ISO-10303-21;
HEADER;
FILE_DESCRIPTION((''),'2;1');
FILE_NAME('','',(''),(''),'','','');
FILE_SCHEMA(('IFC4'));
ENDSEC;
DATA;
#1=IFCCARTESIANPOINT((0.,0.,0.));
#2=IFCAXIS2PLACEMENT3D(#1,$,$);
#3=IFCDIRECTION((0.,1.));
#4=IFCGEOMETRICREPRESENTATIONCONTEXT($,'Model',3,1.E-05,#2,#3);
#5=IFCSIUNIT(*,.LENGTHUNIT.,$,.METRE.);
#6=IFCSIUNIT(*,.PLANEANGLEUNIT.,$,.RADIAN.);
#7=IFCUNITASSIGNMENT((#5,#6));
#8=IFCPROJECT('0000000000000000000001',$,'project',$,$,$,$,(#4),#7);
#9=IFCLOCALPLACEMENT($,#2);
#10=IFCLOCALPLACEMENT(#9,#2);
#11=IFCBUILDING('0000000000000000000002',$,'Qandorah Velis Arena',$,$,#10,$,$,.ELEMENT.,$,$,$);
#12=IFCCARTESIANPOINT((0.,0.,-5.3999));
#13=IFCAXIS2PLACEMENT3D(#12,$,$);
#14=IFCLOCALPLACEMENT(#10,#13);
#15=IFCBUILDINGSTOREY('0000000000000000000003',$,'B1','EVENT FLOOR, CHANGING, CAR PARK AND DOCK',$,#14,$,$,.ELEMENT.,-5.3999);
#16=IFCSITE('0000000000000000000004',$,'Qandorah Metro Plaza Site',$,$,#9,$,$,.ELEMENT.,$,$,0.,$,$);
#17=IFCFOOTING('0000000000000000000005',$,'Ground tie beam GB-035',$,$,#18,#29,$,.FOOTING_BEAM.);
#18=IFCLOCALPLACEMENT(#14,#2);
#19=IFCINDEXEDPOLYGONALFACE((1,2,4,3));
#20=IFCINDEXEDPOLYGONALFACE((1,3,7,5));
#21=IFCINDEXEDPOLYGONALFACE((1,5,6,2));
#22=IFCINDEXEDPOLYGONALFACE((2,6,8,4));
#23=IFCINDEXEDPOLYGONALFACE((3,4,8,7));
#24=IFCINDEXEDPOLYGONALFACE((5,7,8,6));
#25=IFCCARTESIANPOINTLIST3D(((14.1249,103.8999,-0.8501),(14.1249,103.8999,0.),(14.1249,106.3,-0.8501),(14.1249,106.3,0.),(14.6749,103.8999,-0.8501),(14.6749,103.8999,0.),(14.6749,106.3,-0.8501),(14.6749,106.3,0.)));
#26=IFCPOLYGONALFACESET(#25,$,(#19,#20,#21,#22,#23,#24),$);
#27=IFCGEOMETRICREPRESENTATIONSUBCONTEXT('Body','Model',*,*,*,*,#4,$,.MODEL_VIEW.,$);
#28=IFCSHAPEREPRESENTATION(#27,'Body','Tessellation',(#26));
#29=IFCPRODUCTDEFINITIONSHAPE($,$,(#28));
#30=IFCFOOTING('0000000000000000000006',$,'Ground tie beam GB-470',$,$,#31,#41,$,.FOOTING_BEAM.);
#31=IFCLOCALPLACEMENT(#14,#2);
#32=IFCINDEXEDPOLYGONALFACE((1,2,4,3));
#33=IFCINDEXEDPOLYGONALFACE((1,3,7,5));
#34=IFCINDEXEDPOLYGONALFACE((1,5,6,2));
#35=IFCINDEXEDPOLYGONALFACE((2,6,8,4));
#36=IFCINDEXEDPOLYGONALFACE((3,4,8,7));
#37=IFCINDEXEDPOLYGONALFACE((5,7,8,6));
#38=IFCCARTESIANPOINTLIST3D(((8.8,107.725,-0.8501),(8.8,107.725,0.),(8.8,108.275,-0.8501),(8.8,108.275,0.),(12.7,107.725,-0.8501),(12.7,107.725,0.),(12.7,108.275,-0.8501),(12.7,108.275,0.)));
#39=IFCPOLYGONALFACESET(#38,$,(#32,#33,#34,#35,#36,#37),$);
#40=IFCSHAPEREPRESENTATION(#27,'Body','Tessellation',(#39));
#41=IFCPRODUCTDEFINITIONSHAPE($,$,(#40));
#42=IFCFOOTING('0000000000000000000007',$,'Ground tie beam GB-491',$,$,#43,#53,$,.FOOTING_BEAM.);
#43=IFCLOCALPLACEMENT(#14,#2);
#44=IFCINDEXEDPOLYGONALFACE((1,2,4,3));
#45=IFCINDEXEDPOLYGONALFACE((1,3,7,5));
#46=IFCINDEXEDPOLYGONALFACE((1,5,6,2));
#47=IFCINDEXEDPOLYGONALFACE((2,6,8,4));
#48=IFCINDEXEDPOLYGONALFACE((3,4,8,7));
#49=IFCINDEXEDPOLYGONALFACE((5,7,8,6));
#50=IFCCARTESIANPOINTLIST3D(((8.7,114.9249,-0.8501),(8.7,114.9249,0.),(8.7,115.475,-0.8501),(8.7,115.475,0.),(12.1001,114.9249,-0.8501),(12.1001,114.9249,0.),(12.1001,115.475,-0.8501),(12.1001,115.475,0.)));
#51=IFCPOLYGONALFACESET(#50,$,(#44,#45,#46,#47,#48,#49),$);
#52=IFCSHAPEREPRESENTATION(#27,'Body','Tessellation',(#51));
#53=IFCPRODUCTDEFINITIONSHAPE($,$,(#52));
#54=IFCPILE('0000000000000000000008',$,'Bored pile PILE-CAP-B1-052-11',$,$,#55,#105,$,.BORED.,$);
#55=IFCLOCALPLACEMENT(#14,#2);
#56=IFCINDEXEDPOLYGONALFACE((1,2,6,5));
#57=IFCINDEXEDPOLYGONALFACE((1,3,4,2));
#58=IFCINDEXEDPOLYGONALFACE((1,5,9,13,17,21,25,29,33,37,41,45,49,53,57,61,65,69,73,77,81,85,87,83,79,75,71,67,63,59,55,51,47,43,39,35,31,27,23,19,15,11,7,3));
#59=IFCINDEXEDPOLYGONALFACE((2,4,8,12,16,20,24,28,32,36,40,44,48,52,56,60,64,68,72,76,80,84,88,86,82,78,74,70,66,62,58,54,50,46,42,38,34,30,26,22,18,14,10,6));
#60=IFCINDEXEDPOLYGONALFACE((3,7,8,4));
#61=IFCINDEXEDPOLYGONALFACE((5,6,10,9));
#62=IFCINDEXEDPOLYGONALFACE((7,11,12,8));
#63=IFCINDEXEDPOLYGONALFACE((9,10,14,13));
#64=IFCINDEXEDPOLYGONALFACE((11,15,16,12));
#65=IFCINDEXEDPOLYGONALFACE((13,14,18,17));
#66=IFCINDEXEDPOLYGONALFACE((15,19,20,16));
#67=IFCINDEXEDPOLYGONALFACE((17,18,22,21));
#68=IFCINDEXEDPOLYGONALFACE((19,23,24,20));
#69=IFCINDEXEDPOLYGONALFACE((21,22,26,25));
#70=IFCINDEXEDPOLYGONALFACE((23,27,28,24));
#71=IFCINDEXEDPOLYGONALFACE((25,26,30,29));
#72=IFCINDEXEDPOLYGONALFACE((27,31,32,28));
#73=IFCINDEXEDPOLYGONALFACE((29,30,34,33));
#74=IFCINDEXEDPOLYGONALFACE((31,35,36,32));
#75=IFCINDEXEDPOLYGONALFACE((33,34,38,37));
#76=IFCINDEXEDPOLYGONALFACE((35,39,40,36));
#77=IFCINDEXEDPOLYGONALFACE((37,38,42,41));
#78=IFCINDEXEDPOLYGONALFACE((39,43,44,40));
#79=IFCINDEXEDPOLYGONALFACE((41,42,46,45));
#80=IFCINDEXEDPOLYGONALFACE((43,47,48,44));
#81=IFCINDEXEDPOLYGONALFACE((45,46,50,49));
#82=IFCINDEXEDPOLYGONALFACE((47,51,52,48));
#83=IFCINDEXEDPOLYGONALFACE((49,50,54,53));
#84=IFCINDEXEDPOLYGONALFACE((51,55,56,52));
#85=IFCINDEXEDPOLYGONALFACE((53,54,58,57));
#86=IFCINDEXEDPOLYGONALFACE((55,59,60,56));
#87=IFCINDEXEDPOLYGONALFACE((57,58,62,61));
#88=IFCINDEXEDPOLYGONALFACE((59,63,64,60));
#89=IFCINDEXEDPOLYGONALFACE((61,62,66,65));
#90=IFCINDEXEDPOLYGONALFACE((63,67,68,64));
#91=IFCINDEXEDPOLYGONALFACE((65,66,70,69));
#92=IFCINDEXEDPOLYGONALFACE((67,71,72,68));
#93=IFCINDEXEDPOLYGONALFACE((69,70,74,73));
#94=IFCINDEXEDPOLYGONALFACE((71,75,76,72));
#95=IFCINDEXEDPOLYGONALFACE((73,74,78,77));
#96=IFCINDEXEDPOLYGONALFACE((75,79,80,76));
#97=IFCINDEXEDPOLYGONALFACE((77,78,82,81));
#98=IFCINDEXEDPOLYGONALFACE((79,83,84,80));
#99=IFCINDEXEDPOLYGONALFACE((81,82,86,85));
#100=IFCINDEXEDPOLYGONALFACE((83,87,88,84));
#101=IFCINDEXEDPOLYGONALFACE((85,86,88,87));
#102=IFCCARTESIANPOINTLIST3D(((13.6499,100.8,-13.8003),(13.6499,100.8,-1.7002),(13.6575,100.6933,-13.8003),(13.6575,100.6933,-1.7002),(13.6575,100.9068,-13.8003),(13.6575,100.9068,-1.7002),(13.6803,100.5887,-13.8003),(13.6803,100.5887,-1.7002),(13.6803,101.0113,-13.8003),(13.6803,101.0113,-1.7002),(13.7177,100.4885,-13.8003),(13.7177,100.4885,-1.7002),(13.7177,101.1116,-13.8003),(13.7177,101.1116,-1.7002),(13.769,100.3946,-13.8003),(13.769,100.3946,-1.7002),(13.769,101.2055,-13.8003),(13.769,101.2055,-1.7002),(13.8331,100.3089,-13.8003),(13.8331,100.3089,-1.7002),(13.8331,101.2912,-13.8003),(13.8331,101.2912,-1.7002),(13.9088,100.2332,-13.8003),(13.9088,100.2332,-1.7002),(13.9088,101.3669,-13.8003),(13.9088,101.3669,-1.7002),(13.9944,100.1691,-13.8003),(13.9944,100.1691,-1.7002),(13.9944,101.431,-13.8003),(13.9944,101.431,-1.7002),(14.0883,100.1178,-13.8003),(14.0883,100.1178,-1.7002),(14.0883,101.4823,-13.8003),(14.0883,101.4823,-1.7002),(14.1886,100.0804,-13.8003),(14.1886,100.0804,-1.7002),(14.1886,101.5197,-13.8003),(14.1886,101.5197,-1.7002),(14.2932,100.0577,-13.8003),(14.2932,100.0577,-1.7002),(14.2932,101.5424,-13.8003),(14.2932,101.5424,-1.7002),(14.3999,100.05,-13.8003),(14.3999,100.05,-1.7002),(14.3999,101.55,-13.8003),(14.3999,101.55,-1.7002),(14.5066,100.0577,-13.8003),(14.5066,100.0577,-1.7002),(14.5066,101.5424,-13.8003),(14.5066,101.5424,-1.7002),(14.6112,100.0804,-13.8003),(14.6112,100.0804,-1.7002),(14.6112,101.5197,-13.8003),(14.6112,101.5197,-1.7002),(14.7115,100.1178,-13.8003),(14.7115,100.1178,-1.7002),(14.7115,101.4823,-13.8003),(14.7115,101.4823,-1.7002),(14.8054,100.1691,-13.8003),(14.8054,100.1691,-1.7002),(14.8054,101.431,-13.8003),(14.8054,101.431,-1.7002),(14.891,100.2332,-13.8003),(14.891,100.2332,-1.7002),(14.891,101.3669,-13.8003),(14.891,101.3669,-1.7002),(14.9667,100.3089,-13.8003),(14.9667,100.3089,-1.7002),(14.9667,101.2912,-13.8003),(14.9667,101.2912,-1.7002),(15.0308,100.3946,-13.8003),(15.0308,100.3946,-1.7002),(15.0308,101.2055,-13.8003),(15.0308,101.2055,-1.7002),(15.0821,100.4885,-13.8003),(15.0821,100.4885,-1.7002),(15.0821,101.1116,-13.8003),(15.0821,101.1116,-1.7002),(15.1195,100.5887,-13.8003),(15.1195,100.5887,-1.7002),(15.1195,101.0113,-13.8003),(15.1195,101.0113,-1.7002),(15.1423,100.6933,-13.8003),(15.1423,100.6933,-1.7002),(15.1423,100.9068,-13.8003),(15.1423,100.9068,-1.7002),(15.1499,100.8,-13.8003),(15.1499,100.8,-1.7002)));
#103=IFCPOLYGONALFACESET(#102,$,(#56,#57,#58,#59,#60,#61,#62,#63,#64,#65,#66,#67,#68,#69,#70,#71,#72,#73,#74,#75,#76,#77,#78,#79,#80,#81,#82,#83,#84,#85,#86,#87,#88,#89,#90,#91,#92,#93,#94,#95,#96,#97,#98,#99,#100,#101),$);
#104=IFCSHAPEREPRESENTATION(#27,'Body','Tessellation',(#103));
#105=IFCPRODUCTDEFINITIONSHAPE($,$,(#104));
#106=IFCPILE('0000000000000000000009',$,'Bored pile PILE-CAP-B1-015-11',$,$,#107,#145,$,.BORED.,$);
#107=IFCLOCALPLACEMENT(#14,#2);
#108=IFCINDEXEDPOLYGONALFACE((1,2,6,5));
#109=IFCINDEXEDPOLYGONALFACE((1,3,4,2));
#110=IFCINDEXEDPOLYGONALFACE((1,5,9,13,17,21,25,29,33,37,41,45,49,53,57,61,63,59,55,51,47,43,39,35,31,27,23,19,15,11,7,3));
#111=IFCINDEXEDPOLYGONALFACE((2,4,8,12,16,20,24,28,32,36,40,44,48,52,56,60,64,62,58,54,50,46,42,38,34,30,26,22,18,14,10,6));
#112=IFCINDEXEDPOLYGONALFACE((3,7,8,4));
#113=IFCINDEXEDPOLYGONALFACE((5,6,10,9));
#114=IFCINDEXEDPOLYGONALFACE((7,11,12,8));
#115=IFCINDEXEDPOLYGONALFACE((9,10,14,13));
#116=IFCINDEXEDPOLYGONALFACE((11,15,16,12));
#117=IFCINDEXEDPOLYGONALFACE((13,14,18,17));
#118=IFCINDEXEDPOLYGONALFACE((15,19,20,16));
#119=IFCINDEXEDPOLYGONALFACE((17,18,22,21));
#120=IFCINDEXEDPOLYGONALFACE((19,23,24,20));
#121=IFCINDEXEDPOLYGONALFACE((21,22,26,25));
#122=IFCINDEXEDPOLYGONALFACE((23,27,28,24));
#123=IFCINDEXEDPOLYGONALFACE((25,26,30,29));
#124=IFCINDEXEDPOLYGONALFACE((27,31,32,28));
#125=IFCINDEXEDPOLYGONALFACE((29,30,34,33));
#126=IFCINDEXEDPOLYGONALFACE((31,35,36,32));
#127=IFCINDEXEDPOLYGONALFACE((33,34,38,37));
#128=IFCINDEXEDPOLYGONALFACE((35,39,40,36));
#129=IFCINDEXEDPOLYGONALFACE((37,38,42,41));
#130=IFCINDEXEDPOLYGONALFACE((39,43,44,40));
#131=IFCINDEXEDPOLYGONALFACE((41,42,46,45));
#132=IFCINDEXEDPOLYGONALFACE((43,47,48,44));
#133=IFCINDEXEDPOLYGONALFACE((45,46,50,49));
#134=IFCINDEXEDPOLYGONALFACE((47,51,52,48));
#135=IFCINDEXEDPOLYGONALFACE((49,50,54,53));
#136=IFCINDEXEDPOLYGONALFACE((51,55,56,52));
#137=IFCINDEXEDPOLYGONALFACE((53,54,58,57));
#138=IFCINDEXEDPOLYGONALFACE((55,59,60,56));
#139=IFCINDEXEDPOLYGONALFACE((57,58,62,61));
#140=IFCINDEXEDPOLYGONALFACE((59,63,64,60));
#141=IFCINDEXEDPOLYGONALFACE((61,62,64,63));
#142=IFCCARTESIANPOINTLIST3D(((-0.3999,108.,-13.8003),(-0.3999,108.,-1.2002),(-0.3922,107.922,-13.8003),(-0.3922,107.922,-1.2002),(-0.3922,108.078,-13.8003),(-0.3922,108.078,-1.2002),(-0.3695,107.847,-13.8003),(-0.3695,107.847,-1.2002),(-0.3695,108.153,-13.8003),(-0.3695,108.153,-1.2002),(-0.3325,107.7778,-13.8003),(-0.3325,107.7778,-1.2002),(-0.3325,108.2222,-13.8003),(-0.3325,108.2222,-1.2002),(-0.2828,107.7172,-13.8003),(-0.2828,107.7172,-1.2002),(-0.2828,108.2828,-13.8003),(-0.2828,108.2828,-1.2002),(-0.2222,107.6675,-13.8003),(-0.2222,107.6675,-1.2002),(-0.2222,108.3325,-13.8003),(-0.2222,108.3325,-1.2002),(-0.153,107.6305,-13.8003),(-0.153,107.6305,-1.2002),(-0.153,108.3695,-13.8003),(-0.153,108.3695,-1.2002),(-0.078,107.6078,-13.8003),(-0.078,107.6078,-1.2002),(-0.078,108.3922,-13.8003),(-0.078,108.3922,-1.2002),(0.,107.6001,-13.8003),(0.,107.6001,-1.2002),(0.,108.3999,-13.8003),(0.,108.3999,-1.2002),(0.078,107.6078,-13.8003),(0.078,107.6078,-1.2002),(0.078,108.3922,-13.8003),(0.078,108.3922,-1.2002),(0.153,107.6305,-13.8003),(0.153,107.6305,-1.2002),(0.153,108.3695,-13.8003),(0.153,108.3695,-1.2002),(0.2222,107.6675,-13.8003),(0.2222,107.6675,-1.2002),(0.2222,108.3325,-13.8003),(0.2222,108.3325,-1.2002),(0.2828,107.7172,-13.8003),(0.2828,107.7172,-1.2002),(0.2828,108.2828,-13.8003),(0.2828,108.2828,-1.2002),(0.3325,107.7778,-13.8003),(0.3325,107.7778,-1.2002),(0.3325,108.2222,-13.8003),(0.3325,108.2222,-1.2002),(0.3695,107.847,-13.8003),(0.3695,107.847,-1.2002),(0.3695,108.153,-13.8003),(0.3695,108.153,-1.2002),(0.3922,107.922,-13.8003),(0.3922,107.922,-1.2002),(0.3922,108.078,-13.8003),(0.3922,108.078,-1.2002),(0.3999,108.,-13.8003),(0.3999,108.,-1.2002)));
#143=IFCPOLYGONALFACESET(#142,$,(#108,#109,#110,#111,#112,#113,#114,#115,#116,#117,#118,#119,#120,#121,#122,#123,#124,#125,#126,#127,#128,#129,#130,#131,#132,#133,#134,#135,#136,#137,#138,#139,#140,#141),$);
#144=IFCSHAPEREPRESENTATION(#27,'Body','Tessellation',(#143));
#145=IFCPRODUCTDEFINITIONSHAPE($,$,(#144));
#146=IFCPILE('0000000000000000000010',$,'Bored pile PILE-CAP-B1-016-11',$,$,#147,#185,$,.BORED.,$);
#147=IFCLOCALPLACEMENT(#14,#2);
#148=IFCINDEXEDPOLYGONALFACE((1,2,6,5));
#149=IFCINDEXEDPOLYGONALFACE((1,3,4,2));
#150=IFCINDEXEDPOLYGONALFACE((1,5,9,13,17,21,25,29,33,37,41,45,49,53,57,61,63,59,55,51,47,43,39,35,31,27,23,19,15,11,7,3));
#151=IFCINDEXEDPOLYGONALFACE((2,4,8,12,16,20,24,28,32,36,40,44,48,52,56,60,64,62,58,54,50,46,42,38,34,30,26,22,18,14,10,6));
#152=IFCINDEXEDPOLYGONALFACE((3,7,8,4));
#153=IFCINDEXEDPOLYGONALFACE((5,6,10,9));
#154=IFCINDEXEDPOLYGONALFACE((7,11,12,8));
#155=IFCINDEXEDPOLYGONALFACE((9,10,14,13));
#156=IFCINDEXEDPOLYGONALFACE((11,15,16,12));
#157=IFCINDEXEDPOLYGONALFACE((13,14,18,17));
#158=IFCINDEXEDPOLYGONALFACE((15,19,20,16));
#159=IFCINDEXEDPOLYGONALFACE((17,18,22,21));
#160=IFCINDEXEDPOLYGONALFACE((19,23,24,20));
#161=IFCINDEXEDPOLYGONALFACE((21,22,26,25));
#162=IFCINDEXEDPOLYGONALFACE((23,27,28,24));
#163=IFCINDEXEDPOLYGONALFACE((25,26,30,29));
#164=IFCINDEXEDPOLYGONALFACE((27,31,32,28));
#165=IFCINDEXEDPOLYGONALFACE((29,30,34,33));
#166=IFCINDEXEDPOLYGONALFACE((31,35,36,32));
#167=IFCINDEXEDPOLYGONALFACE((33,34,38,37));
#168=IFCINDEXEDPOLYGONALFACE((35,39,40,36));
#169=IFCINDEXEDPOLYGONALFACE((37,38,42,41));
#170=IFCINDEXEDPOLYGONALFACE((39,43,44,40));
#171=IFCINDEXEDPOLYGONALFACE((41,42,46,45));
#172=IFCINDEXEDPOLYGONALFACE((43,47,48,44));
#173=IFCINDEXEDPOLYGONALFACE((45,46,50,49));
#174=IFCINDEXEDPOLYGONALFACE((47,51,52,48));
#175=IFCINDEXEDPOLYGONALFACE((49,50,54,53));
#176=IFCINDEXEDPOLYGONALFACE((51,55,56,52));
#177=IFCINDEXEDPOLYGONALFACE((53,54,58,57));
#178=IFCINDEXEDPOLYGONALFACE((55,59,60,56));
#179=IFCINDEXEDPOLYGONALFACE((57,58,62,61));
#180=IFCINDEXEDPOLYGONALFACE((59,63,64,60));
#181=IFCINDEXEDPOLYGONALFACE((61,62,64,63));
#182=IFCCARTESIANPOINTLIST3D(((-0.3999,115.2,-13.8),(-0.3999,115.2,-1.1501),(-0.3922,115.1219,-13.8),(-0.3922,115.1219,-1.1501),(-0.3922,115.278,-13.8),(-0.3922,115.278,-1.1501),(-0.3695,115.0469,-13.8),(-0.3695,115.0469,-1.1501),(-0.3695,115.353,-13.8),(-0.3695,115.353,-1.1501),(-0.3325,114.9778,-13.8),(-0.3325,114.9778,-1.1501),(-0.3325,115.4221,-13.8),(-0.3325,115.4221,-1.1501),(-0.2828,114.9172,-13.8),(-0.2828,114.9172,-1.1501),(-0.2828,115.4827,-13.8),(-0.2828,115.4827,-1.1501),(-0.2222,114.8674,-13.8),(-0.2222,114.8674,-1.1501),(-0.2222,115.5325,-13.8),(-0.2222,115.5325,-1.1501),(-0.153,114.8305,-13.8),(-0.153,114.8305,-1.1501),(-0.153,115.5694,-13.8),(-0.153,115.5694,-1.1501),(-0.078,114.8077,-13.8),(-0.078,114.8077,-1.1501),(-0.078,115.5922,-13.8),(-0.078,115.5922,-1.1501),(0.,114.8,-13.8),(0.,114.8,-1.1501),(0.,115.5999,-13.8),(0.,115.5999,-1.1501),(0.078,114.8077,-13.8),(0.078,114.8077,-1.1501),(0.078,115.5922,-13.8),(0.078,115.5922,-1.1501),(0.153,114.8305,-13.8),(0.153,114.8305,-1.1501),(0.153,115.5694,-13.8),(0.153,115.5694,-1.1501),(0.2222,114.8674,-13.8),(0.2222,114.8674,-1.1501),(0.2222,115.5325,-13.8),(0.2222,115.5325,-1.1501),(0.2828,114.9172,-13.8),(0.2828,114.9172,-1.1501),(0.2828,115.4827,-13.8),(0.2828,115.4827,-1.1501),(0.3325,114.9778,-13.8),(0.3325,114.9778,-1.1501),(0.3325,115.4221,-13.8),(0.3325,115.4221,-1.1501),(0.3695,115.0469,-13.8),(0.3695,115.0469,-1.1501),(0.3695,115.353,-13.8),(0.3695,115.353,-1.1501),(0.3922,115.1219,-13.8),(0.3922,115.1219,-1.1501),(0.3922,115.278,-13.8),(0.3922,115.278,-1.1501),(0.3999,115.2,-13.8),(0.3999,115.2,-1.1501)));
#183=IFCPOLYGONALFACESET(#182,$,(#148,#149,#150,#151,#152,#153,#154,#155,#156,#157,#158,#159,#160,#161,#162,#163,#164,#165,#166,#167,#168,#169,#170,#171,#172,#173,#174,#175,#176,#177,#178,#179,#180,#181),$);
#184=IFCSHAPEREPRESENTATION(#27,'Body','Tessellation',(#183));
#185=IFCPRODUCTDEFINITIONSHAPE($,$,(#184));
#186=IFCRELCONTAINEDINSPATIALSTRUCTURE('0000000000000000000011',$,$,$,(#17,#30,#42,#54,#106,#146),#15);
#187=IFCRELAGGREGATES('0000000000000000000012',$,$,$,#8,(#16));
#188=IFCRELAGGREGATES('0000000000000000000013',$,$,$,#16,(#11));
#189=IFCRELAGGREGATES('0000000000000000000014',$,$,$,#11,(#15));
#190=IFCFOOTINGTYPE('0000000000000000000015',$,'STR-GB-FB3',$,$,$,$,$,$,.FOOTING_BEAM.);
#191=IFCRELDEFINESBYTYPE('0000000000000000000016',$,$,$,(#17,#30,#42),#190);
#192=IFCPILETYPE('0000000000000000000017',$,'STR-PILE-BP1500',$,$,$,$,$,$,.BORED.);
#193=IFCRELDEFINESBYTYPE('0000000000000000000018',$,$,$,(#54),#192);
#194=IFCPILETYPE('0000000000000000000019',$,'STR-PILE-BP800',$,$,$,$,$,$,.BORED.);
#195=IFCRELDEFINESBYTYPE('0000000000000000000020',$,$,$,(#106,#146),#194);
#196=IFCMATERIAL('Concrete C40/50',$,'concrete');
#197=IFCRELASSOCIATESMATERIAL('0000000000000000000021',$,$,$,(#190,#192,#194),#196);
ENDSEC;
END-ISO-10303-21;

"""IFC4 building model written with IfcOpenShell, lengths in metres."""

from ifc_helpers import new_model, si_unit, direction, frame, origin, origin_2d, place, context, subcontext, project, spatial, rectangle, circle, extrude, material, material_profile, profile_set, type_object, element, save


model = new_model("IFC4")

# Units and contexts
model_context = context("Model", 3, precision=1e-05, world=origin(), true_north=direction((0.0, 1.0)))
body_context = subcontext(model_context, "Body", "Model", "MODEL_VIEW")
ifc_project = project(units=[si_unit("LENGTHUNIT", "METRE"), si_unit("PLANEANGLEUNIT", "RADIAN")], contexts=[model_context])

# Site, building, storey
site_placement = place(None, origin())
site = spatial("IfcSite", under=ifc_project, at=site_placement, Name="Qandorah Metro Plaza Site", CompositionType="ELEMENT", RefElevation=0.0)
building_placement = place(site_placement, origin())
building = spatial("IfcBuilding", under=site, at=building_placement, Name="Qandorah Velis Arena", CompositionType="ELEMENT")
storey_placement = place(building_placement, frame((0.0, 0.0, -5.3999)))
storey = spatial("IfcBuildingStorey", under=building, at=storey_placement, Name="B1", Description="EVENT FLOOR, CHANGING, CAR PARK AND DOCK", CompositionType="ELEMENT", Elevation=-5.3999)

# Footings
ifc_material_1 = material(Name="Concrete C40/50", Category="concrete")
ifc_material_profile_1 = material_profile(ifc_material_1, rectangle(XDim=0.55, YDim=0.8501, at=origin_2d()), Name="GB3 550x850")
ifc_profile_set_1 = profile_set([ifc_material_profile_1], Name="Concrete C40/50")
footing_type_1 = type_object("IfcFootingType", Name="STR-GB-FB3", PredefinedType="FOOTING_BEAM", material=ifc_profile_set_1)
footing_1_placement = place(storey_placement, frame((14.3999, 103.8999, -0.425), z_axis=(0.0, 1.0, 0.0), x_axis=(-1.0, 0.0, 0.0)))
element("IfcFooting", 1, at=footing_1_placement, inside=storey, type_object=footing_type_1, Name="Ground tie beam GB-035", PredefinedType="FOOTING_BEAM", context=body_context, shape_type="SweptSolid", body=[
    extrude(rectangle(XDim=0.55, YDim=0.8501, at=origin_2d()), origin(), (0.0, 0.0, 1.0), 2.4001),
])
footing_2_placement = place(storey_placement, frame((8.8, 108.0, -0.425), z_axis=(1.0, 0.0, 0.0), x_axis=(0.0, 1.0, 0.0)))
element("IfcFooting", 2, at=footing_2_placement, inside=storey, type_object=footing_type_1, Name="Ground tie beam GB-470", PredefinedType="FOOTING_BEAM", context=body_context, shape_type="SweptSolid", body=[
    extrude(rectangle(XDim=0.55, YDim=0.8501, at=origin_2d()), origin(), (0.0, 0.0, 1.0), 3.8999),
])
footing_3_placement = place(storey_placement, frame((8.7, 115.2, -0.425), z_axis=(1.0, 0.0, 0.0), x_axis=(0.0, 1.0, 0.0)))
element("IfcFooting", 3, at=footing_3_placement, inside=storey, type_object=footing_type_1, Name="Ground tie beam GB-491", PredefinedType="FOOTING_BEAM", context=body_context, shape_type="SweptSolid", body=[
    extrude(rectangle(XDim=0.55, YDim=0.8501, at=origin_2d()), origin(), (0.0, 0.0, 1.0), 3.4001),
])

# Piles
ifc_material_profile_2 = material_profile(ifc_material_1, circle(Radius=0.75, at=origin_2d()), Name="BORED PILE D1500")
ifc_profile_set_2 = profile_set([ifc_material_profile_2], Name="Concrete C40/50")
pile_type_1 = type_object("IfcPileType", Name="STR-PILE-BP1500", PredefinedType="BORED", material=ifc_profile_set_2)
pile_1_placement = place(storey_placement, frame((14.3999, 100.8, -1.7002), z_axis=(0.0, 0.0, -1.0), x_axis=(1.0, 0.0, 0.0)))
element("IfcPile", 4, at=pile_1_placement, inside=storey, type_object=pile_type_1, Name="Bored pile PILE-CAP-B1-052-11", PredefinedType="BORED", context=body_context, shape_type="SweptSolid", body=[
    extrude(circle(Radius=0.75, at=origin_2d()), origin(), (0.0, 0.0, 1.0), 12.1001),
])
ifc_material_profile_3 = material_profile(ifc_material_1, circle(Radius=0.3999, at=origin_2d()), Name="BORED PILE D800")
ifc_profile_set_3 = profile_set([ifc_material_profile_3], Name="Concrete C40/50")
pile_type_2 = type_object("IfcPileType", Name="STR-PILE-BP800", PredefinedType="BORED", material=ifc_profile_set_3)
pile_2_placement = place(storey_placement, frame((0.0, 108.0, -1.2002), z_axis=(0.0, 0.0, -1.0), x_axis=(1.0, 0.0, 0.0)))
element("IfcPile", 5, at=pile_2_placement, inside=storey, type_object=pile_type_2, Name="Bored pile PILE-CAP-B1-015-11", PredefinedType="BORED", context=body_context, shape_type="SweptSolid", body=[
    extrude(circle(Radius=0.3999, at=origin_2d()), origin(), (0.0, 0.0, 1.0), 12.6001),
])
pile_3_placement = place(storey_placement, frame((0.0, 115.2, -1.1501), z_axis=(0.0, 0.0, -1.0), x_axis=(1.0, 0.0, 0.0)))
element("IfcPile", 6, at=pile_3_placement, inside=storey, type_object=pile_type_2, Name="Bored pile PILE-CAP-B1-016-11", PredefinedType="BORED", context=body_context, shape_type="SweptSolid", body=[
    extrude(circle(Radius=0.3999, at=origin_2d()), origin(), (0.0, 0.0, 1.0), 12.6499),
])

save(model, "model.ifc")
